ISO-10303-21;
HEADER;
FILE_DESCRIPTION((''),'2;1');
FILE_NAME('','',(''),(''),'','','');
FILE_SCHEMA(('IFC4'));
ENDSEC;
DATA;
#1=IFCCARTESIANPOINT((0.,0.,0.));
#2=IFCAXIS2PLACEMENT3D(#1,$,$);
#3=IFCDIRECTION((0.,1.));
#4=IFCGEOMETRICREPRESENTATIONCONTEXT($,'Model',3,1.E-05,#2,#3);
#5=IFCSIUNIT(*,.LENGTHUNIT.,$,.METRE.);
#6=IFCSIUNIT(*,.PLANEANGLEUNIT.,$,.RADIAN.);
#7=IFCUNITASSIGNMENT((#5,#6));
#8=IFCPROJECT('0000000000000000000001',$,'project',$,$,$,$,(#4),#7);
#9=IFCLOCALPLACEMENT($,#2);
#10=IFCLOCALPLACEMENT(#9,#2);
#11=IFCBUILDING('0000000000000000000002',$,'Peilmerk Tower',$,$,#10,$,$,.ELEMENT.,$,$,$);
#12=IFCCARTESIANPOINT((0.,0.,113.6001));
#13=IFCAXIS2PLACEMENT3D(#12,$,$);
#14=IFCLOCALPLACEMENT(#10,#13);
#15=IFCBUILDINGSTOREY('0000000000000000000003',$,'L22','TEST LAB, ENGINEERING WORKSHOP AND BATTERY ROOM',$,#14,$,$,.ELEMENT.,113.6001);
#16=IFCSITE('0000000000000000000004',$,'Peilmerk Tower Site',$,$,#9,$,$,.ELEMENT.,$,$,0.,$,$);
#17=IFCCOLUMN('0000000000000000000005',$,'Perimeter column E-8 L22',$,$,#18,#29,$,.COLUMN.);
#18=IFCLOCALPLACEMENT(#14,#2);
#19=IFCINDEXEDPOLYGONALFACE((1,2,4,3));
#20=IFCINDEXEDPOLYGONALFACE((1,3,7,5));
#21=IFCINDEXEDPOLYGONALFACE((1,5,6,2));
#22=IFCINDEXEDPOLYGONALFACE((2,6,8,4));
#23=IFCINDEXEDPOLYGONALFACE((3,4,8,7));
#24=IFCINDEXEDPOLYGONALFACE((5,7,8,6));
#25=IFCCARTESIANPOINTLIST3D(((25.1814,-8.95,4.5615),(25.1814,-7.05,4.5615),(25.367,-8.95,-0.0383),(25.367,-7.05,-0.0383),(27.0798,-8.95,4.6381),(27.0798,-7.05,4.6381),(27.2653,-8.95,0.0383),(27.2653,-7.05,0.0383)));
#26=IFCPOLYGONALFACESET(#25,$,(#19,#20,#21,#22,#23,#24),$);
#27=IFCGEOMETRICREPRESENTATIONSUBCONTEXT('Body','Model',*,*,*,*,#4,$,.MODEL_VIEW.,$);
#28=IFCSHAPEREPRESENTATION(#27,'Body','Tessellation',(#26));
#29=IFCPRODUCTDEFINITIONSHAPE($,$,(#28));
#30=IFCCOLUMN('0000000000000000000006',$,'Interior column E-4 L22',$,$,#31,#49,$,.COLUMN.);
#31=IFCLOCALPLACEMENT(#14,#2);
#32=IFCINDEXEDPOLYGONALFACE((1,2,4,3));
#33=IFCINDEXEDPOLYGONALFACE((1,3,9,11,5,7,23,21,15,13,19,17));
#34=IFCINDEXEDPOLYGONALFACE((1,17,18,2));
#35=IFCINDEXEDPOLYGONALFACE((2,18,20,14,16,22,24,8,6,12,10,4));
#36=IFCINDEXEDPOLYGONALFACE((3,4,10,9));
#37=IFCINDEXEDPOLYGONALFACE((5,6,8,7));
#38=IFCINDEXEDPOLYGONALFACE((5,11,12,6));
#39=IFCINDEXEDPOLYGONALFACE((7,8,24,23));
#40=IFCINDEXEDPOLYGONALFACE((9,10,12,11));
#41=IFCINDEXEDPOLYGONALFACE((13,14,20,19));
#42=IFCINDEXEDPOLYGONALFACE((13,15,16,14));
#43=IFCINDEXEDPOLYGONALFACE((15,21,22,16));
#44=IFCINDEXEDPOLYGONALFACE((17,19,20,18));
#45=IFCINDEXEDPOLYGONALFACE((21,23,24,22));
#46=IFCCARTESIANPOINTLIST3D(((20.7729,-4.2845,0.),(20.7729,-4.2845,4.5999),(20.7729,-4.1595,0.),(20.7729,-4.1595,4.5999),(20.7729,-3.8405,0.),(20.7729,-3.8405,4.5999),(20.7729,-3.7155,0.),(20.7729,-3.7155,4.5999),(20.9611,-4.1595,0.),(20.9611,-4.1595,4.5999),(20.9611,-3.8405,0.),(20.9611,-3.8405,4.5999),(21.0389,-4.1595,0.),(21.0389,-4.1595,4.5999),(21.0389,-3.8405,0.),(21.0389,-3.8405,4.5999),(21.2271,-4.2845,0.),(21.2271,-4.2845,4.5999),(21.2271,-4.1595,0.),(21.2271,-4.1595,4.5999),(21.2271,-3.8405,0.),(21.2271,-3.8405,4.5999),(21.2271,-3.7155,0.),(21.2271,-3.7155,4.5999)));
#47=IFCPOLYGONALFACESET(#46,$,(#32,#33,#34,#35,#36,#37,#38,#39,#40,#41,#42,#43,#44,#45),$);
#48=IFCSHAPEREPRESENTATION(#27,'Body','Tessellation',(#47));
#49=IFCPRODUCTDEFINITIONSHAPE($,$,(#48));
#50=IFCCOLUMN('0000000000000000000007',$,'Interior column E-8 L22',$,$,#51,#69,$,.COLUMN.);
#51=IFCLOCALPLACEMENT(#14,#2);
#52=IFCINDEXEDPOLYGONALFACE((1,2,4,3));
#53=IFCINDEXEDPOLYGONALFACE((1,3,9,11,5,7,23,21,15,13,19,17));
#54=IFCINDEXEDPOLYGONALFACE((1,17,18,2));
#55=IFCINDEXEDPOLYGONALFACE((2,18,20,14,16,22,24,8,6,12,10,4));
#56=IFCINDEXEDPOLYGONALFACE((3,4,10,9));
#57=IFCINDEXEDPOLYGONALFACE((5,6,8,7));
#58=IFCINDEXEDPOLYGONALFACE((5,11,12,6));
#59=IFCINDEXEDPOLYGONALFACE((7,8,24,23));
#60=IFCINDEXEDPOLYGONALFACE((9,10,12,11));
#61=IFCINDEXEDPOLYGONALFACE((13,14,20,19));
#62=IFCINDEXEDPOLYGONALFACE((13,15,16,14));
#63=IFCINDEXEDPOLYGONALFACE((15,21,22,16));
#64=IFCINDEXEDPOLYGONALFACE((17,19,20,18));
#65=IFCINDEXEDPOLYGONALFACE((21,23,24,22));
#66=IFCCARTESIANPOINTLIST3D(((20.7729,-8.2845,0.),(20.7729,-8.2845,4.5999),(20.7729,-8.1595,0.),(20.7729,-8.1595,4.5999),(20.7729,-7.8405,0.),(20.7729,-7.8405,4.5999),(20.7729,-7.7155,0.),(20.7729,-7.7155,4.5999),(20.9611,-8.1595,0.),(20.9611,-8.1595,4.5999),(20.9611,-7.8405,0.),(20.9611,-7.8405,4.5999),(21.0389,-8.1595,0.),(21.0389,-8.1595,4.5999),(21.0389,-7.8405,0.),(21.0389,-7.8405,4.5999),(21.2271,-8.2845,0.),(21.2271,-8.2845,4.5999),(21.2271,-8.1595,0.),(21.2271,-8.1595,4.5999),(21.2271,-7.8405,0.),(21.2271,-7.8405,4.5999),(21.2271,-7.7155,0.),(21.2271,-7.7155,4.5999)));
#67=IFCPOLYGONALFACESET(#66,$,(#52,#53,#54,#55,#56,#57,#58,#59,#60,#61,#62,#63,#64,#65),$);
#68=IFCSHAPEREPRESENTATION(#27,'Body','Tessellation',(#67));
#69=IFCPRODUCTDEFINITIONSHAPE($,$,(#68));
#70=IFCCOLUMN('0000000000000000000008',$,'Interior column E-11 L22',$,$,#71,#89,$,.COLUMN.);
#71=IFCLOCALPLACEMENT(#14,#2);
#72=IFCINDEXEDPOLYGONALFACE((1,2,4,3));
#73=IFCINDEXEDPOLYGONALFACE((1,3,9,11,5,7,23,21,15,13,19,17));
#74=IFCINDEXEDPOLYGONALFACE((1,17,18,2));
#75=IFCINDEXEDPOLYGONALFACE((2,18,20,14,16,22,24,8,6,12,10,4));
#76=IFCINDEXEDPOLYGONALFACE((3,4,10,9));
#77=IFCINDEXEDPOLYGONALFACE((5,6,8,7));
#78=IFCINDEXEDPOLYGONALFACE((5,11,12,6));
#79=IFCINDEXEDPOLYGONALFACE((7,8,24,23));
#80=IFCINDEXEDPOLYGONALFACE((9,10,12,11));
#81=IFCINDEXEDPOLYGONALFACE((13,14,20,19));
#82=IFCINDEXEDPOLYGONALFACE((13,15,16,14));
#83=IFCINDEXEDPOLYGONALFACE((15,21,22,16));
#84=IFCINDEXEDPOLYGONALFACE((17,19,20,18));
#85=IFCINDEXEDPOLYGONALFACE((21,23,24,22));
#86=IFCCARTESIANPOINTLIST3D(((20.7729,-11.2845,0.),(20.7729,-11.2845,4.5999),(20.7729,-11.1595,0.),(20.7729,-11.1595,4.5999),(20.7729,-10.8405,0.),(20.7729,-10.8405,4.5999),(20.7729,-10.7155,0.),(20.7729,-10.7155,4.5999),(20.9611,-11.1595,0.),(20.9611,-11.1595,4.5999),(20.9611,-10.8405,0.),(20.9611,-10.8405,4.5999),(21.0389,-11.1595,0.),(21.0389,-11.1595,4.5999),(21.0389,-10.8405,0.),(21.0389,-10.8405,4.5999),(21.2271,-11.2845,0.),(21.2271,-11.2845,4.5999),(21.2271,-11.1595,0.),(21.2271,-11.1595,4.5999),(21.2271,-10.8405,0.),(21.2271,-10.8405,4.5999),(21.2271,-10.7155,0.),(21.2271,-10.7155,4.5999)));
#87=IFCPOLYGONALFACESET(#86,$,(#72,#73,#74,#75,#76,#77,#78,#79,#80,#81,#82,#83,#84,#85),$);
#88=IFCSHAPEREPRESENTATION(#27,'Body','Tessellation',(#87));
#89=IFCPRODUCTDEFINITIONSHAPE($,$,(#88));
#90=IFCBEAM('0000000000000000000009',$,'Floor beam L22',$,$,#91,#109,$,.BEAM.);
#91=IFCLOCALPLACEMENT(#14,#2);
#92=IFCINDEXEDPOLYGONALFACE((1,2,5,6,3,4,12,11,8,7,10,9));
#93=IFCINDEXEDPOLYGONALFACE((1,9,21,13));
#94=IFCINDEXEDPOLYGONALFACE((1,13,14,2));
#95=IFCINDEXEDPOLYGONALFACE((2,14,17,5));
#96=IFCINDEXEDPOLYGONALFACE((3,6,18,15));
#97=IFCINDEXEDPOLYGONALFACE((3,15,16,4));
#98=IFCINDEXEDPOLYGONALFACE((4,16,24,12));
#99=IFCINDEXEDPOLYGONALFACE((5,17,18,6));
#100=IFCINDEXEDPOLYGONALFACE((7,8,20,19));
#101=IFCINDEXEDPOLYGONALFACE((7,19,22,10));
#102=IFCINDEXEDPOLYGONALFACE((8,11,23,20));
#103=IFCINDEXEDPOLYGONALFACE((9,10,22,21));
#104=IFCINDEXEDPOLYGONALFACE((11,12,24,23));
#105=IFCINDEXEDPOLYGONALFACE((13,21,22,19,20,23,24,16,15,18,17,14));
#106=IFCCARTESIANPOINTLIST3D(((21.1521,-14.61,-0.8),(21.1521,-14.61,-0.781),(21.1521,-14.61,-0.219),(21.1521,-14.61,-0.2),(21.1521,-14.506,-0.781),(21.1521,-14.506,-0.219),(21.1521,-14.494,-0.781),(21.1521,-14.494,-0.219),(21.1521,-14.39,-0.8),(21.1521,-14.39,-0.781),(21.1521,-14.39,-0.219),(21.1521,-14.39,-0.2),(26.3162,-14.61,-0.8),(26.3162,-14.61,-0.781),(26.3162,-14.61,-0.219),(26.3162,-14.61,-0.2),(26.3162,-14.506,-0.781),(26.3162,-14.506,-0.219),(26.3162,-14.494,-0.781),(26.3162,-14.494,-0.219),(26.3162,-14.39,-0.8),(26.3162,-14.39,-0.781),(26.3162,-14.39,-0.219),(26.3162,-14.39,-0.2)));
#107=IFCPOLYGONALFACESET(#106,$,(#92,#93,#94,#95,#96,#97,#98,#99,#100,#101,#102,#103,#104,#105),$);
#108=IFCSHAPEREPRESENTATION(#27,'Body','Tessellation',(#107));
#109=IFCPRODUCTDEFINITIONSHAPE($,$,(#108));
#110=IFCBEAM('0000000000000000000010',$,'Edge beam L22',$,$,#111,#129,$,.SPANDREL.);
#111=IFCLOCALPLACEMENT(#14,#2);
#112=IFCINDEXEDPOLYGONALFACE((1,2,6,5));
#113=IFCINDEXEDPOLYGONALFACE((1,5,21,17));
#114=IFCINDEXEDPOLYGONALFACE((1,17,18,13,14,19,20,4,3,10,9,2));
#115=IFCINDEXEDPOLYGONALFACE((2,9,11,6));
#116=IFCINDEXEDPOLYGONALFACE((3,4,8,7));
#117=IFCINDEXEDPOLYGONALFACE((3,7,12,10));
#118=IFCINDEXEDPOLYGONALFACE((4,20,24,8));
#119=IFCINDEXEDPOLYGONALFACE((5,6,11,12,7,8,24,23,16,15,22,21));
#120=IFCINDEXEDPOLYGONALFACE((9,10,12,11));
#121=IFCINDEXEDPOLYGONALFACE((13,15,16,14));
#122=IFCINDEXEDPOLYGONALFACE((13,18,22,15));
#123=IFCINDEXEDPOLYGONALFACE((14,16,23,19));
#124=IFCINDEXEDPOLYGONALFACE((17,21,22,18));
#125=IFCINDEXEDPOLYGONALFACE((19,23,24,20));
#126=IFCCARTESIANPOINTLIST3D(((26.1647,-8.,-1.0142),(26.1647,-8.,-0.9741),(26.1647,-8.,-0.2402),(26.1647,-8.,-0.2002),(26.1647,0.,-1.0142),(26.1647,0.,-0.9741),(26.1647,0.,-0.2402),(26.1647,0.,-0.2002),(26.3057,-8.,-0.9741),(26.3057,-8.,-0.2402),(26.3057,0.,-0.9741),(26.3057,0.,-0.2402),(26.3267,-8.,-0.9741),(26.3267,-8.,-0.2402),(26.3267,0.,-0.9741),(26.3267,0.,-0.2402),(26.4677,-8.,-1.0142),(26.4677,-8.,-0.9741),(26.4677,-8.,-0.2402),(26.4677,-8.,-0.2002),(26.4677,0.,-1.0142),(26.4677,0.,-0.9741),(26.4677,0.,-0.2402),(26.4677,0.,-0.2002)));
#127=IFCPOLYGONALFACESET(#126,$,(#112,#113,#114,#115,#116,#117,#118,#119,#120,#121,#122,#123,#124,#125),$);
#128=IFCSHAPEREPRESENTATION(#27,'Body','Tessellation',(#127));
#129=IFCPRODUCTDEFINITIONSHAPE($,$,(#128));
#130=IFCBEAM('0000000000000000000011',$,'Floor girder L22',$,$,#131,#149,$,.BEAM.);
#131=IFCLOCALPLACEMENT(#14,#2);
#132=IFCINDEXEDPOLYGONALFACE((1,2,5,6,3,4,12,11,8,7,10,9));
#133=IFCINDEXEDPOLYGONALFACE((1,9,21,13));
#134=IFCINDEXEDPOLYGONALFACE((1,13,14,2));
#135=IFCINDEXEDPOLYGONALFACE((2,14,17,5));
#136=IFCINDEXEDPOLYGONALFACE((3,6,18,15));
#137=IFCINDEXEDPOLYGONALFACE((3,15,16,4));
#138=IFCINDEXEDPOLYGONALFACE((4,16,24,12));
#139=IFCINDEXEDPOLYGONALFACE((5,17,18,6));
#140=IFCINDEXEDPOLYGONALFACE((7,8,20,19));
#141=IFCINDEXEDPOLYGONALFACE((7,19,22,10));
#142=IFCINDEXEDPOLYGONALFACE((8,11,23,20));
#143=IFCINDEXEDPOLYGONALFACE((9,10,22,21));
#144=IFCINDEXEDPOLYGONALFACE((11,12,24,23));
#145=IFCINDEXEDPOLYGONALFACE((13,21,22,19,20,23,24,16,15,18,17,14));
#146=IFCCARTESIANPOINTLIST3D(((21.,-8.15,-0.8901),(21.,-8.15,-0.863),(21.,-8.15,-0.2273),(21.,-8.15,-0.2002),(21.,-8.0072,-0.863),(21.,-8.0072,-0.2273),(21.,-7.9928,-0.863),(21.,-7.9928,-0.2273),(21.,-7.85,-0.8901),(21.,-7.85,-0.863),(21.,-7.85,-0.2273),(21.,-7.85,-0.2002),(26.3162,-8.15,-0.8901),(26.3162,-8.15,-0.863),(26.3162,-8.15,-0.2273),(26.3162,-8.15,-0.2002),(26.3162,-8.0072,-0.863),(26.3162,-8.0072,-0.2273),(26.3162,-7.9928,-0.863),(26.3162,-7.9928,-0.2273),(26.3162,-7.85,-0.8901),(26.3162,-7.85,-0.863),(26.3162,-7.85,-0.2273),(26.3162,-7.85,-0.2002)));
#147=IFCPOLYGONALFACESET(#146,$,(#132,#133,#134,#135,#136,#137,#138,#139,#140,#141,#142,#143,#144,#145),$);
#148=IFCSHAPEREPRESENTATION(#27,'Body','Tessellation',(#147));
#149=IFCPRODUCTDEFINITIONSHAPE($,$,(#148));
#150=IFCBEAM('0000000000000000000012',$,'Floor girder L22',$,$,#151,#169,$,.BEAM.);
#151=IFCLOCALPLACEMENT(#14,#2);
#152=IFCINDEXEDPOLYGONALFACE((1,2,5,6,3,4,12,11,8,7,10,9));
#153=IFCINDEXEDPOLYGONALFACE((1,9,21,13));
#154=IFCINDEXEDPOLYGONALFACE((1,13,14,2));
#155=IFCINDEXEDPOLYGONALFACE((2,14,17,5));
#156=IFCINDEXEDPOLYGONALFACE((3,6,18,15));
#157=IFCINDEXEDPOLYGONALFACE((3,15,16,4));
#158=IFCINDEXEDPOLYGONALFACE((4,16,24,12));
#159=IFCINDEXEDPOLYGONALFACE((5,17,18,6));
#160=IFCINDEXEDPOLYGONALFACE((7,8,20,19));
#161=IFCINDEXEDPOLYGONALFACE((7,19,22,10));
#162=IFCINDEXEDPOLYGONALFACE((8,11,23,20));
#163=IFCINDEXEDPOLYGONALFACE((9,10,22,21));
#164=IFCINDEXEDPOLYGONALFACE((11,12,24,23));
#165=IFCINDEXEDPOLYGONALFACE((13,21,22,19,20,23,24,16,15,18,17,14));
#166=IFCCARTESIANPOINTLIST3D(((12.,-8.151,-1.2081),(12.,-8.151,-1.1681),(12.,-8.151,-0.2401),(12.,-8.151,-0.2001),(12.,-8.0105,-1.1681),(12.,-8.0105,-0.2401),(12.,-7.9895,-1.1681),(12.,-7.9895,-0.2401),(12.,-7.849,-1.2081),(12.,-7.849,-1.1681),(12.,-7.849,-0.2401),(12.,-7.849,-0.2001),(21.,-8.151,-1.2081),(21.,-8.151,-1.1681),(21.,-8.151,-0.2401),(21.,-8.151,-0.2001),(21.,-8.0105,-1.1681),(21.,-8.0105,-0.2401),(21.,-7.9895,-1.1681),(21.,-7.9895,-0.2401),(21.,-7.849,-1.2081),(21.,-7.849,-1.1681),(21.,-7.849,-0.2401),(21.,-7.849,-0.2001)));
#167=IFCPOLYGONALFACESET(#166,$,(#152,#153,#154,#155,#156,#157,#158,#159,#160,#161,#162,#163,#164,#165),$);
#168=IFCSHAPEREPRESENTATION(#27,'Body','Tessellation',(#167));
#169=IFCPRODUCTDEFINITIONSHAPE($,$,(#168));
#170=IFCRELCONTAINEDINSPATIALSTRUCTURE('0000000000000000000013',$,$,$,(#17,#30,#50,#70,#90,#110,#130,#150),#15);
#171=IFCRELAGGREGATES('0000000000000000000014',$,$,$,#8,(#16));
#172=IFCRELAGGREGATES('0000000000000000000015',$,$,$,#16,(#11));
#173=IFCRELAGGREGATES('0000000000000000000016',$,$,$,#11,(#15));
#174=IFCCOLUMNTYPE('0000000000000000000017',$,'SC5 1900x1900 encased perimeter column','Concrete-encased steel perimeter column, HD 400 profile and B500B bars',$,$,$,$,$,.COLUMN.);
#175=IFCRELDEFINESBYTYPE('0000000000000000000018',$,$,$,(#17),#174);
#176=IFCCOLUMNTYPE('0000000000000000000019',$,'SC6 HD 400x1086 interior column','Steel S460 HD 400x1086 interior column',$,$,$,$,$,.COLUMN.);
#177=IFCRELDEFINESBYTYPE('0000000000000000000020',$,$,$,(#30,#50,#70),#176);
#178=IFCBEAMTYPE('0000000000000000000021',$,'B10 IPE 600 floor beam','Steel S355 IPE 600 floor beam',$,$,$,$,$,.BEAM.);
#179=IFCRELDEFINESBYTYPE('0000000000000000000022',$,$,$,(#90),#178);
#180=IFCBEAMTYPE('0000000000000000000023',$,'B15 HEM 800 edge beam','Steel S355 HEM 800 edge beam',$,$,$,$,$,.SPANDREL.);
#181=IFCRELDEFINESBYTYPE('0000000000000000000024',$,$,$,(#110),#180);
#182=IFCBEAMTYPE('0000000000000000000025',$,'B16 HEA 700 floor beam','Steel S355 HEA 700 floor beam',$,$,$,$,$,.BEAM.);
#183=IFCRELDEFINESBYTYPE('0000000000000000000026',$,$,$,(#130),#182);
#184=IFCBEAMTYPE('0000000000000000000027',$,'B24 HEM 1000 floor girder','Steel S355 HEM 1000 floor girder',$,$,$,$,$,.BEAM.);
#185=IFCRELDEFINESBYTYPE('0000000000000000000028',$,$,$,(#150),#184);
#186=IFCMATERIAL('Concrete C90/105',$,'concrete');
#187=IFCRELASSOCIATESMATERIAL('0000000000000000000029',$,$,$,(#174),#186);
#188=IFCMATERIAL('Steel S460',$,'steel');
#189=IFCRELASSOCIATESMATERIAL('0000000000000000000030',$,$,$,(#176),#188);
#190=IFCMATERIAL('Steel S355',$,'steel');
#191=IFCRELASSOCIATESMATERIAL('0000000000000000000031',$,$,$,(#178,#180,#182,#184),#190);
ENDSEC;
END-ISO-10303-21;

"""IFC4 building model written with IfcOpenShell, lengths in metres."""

from ifc_helpers import new_model, si_unit, direction, frame, origin, origin_2d, place, context, subcontext, project, spatial, rectangle, i_section, extrude, material, material_profile, profile_set, type_object, element, save


model = new_model("IFC4")

# Units and contexts
model_context = context("Model", 3, precision=1e-05, world=origin(), true_north=direction((0.0, 1.0)))
body_context = subcontext(model_context, "Body", "Model", "MODEL_VIEW")
ifc_project = project(units=[si_unit("LENGTHUNIT", "METRE"), si_unit("PLANEANGLEUNIT", "RADIAN")], contexts=[model_context])

# Site, building, storey
site_placement = place(None, origin())
site = spatial("IfcSite", under=ifc_project, at=site_placement, Name="Peilmerk Tower Site", CompositionType="ELEMENT", RefElevation=0.0)
building_placement = place(site_placement, origin())
building = spatial("IfcBuilding", under=site, at=building_placement, Name="Peilmerk Tower", CompositionType="ELEMENT")
storey_placement = place(building_placement, frame((0.0, 0.0, 113.6001)))
storey = spatial("IfcBuildingStorey", under=building, at=storey_placement, Name="L22", Description="TEST LAB, ENGINEERING WORKSHOP AND BATTERY ROOM", CompositionType="ELEMENT", Elevation=113.6001)

# Columns
ifc_material_1 = material(Name="Concrete C90/105", Category="concrete")
ifc_material_profile_1 = material_profile(ifc_material_1, rectangle(XDim=1.8999, YDim=1.8999, at=origin_2d()), Name="RC 1900x1900")
ifc_profile_set_1 = profile_set([ifc_material_profile_1], Name="Concrete C90/105")
column_type_1 = type_object("IfcColumnType", Name="SC5 1900x1900 encased perimeter column", Description="Concrete-encased steel perimeter column, HD 400 profile and B500B bars", PredefinedType="COLUMN", material=ifc_profile_set_1)
column_placement = place(storey_placement, frame((26.3162, -8.0, 0.0), z_axis=(-0.040305, 0.0, 0.999187), x_axis=(0.0, -1.0, 0.0)))
element("IfcColumn", 1, at=column_placement, inside=storey, type_object=column_type_1, Name="Perimeter column E-8 L22", PredefinedType="COLUMN", context=body_context, shape_type="SweptSolid", body=[
    extrude(rectangle(XDim=1.8999, YDim=1.8999, at=origin_2d()), origin(), (0.0, 0.0, 1.0), 4.6035),
])
ifc_material_2 = material(Name="Steel S460", Category="steel")
ifc_material_profile_2 = material_profile(ifc_material_2, i_section(OverallWidth=0.4541, OverallDepth=0.5691, WebThickness=0.0779, FlangeThickness=0.125, at=origin_2d()), Name="HD 400x1086")
ifc_profile_set_2 = profile_set([ifc_material_profile_2], Name="Steel S460")
column_type_2 = type_object("IfcColumnType", Name="SC6 HD 400x1086 interior column", Description="Steel S460 HD 400x1086 interior column", PredefinedType="COLUMN", material=ifc_profile_set_2)
for number, where, z_axis, x_axis, name in (
    (2, (21.0, -4.0, 0.0), (0.0, 0.0, 1.0), (1.0, 0.0, 0.0), "Interior column E-4 L22"),
    (3, (21.0, -8.0, 0.0), (0.0, 0.0, 1.0), (1.0, 0.0, 0.0), "Interior column E-8 L22"),
    (4, (21.0, -11.0, 0.0), (0.0, 0.0, 1.0), (1.0, 0.0, 0.0), "Interior column E-11 L22"),
):
    element("IfcColumn", number, at=place(storey_placement, frame(where, z_axis=z_axis, x_axis=x_axis)), inside=storey, type_object=column_type_2, Name=name, PredefinedType="COLUMN", context=body_context, shape_type="SweptSolid", body=[
        extrude(i_section(OverallWidth=0.4541, OverallDepth=0.5691, WebThickness=0.0779, FlangeThickness=0.125, at=origin_2d()), origin(), (0.0, 0.0, 1.0), 4.5999),
    ])

# Beams
ifc_material_3 = material(Name="Steel S355", Category="steel")
ifc_material_profile_3 = material_profile(ifc_material_3, i_section(OverallWidth=0.22, OverallDepth=0.6001, WebThickness=0.012, FlangeThickness=0.019, at=origin_2d()), Name="IPE 600")
ifc_profile_set_3 = profile_set([ifc_material_profile_3], Name="Steel S355")
beam_type_1 = type_object("IfcBeamType", Name="B10 IPE 600 floor beam", Description="Steel S355 IPE 600 floor beam", PredefinedType="BEAM", material=ifc_profile_set_3)
beam_1_placement = place(storey_placement, frame((21.1521, -14.5, -0.5), z_axis=(1.0, 0.0, 0.0), x_axis=(0.0, 1.0, 0.0)))
element("IfcBeam", 5, at=beam_1_placement, inside=storey, type_object=beam_type_1, Name="Floor beam L22", PredefinedType="BEAM", context=body_context, shape_type="SweptSolid", body=[
    extrude(i_section(OverallWidth=0.22, OverallDepth=0.6001, WebThickness=0.012, FlangeThickness=0.019, at=origin_2d()), origin(), (0.0, 0.0, 1.0), 5.1641),
])
ifc_material_profile_4 = material_profile(ifc_material_3, i_section(OverallWidth=0.303, OverallDepth=0.814, WebThickness=0.021, FlangeThickness=0.04, at=origin_2d()), Name="HEM 800")
ifc_profile_set_4 = profile_set([ifc_material_profile_4], Name="Steel S355")
beam_type_2 = type_object("IfcBeamType", Name="B15 HEM 800 edge beam", Description="Steel S355 HEM 800 edge beam", PredefinedType="SPANDREL", material=ifc_profile_set_4)
beam_2_placement = place(storey_placement, frame((26.3162, -8.0, -0.6072), z_axis=(0.0, 1.0, 0.0), x_axis=(-1.0, 0.0, 0.0)))
element("IfcBeam", 6, at=beam_2_placement, inside=storey, type_object=beam_type_2, Name="Edge beam L22", PredefinedType="SPANDREL", context=body_context, shape_type="SweptSolid", body=[
    extrude(i_section(OverallWidth=0.303, OverallDepth=0.814, WebThickness=0.021, FlangeThickness=0.04, at=origin_2d()), origin(), (0.0, 0.0, 1.0), 8.0),
])
ifc_material_profile_5 = material_profile(ifc_material_3, i_section(OverallWidth=0.3, OverallDepth=0.6899, WebThickness=0.0144, FlangeThickness=0.0271, at=origin_2d()), Name="HEA 700")
ifc_profile_set_5 = profile_set([ifc_material_profile_5], Name="Steel S355")
beam_type_3 = type_object("IfcBeamType", Name="B16 HEA 700 floor beam", Description="Steel S355 HEA 700 floor beam", PredefinedType="BEAM", material=ifc_profile_set_5)
beam_3_placement = place(storey_placement, frame((21.0, -8.0, -0.5452), z_axis=(1.0, 0.0, 0.0), x_axis=(0.0, 1.0, 0.0)))
element("IfcBeam", 7, at=beam_3_placement, inside=storey, type_object=beam_type_3, Name="Floor girder L22", PredefinedType="BEAM", context=body_context, shape_type="SweptSolid", body=[
    extrude(i_section(OverallWidth=0.3, OverallDepth=0.6899, WebThickness=0.0144, FlangeThickness=0.0271, at=origin_2d()), origin(), (0.0, 0.0, 1.0), 5.3162),
])
ifc_material_profile_6 = material_profile(ifc_material_3, i_section(OverallWidth=0.302, OverallDepth=1.0081, WebThickness=0.021, FlangeThickness=0.04, at=origin_2d()), Name="HEM 1000")
ifc_profile_set_6 = profile_set([ifc_material_profile_6], Name="Steel S355")
beam_type_4 = type_object("IfcBeamType", Name="B24 HEM 1000 floor girder", Description="Steel S355 HEM 1000 floor girder", PredefinedType="BEAM", material=ifc_profile_set_6)
beam_4_placement = place(storey_placement, frame((12.0, -8.0, -0.7041), z_axis=(1.0, 0.0, 0.0), x_axis=(0.0, 1.0, 0.0)))
element("IfcBeam", 8, at=beam_4_placement, inside=storey, type_object=beam_type_4, Name="Floor girder L22", PredefinedType="BEAM", context=body_context, shape_type="SweptSolid", body=[
    extrude(i_section(OverallWidth=0.302, OverallDepth=1.0081, WebThickness=0.021, FlangeThickness=0.04, at=origin_2d()), origin(), (0.0, 0.0, 1.0), 9.0),
])

save(model, "model.ifc")
